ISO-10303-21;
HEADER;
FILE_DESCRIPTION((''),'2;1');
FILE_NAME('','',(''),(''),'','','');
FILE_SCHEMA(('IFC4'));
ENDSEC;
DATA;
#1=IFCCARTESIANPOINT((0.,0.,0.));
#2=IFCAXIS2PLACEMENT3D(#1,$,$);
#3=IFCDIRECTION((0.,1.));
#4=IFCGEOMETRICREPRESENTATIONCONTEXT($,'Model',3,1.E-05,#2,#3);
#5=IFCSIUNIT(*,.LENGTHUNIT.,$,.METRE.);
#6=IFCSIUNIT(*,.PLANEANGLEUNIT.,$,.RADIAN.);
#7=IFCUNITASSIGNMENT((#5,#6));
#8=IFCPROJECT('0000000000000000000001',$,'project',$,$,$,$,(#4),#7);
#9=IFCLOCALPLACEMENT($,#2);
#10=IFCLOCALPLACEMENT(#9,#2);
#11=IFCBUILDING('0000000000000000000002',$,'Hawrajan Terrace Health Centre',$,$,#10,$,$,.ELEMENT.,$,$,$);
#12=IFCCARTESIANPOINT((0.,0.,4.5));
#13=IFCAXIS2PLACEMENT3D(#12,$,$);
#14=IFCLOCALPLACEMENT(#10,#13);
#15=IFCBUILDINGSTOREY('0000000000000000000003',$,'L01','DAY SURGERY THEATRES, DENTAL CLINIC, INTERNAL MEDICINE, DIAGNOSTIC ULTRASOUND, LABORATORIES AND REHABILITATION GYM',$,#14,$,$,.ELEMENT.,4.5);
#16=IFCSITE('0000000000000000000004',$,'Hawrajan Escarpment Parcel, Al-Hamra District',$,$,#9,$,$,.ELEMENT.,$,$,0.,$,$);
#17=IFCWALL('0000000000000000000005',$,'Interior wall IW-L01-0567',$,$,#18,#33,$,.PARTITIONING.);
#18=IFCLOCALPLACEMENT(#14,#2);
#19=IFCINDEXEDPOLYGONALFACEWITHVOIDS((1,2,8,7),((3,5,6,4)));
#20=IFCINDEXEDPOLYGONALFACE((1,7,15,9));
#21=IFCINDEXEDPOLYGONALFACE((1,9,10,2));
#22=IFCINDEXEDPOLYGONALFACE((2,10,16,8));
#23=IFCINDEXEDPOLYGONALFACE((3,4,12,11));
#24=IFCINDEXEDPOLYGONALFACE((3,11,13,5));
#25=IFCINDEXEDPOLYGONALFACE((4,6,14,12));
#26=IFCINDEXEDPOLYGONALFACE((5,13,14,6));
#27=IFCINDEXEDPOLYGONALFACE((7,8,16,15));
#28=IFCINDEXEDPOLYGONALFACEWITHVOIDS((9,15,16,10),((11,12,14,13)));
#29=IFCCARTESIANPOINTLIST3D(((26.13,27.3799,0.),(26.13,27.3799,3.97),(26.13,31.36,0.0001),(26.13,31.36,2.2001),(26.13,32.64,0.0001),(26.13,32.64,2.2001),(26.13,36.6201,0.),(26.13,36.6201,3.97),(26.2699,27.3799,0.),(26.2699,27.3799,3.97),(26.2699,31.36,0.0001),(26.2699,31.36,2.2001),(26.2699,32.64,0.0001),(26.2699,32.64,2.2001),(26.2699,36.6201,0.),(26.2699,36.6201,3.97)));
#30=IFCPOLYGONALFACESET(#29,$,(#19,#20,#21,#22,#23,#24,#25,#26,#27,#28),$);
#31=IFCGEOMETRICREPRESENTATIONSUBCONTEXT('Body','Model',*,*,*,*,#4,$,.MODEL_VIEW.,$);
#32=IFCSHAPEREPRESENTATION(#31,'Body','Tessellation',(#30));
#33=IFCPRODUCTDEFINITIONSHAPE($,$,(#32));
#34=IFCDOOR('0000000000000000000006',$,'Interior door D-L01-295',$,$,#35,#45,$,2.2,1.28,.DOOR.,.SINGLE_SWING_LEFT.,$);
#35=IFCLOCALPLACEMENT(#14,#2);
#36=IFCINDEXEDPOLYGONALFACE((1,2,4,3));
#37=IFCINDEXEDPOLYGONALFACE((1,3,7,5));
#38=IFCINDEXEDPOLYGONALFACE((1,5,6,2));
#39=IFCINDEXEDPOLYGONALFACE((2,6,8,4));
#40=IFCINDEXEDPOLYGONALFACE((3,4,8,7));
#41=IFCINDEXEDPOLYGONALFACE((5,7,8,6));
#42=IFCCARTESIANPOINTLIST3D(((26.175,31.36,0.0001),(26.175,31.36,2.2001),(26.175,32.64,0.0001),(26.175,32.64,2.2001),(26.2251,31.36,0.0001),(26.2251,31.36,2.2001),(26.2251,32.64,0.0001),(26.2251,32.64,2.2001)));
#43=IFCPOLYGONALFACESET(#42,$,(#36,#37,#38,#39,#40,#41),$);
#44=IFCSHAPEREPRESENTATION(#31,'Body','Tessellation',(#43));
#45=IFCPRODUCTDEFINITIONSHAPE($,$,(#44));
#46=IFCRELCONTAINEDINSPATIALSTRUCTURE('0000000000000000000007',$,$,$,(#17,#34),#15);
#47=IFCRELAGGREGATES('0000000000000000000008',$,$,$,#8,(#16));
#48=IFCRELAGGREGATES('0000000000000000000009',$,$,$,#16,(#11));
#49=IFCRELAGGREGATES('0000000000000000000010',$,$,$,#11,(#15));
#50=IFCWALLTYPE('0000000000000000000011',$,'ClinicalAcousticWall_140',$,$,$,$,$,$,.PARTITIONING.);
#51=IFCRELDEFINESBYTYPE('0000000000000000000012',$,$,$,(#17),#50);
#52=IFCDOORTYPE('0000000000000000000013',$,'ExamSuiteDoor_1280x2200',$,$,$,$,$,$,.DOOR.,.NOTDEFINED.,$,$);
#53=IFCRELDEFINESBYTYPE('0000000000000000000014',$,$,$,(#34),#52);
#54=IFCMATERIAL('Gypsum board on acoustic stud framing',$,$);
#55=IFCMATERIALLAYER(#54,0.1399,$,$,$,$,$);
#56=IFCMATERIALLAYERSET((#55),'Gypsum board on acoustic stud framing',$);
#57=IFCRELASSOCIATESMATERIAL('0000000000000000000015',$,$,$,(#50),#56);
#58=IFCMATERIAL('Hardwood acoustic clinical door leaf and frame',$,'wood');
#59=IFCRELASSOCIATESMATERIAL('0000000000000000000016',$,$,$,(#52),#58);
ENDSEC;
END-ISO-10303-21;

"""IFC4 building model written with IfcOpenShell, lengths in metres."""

from ifc_helpers import new_model, si_unit, direction, frame, frame_2d, origin, place, context, subcontext, project, spatial, rectangle, extrude, material, layer, layer_set, type_object, element, fill, save


model = new_model("IFC4")

# Units and contexts
model_context = context("Model", 3, precision=1e-05, world=origin(), true_north=direction((0.0, 1.0)))
body_context = subcontext(model_context, "Body", "Model", "MODEL_VIEW")
ifc_project = project(units=[si_unit("LENGTHUNIT", "METRE"), si_unit("PLANEANGLEUNIT", "RADIAN")], contexts=[model_context])

# Site, building, storey
site_placement = place(None, origin())
site = spatial("IfcSite", under=ifc_project, at=site_placement, Name="Hawrajan Escarpment Parcel, Al-Hamra District", CompositionType="ELEMENT", RefElevation=0.0)
building_placement = place(site_placement, origin())
building = spatial("IfcBuilding", under=site, at=building_placement, Name="Hawrajan Terrace Health Centre", CompositionType="ELEMENT")
storey_placement = place(building_placement, frame((0.0, 0.0, 4.5)))
storey = spatial("IfcBuildingStorey", under=building, at=storey_placement, Name="L01", Description="DAY SURGERY THEATRES, DENTAL CLINIC, INTERNAL MEDICINE, DIAGNOSTIC ULTRASOUND, LABORATORIES AND REHABILITATION GYM", CompositionType="ELEMENT", Elevation=4.5)

# Shared definitions
ifc_material_1 = material(Name="Gypsum board on acoustic stud framing")
ifc_layer_1 = layer(ifc_material_1, 0.1399)
ifc_layer_set_1 = layer_set([ifc_layer_1], Name="Gypsum board on acoustic stud framing")
wall_type = type_object("IfcWallType", Name="ClinicalAcousticWall_140", PredefinedType="PARTITIONING", material=ifc_layer_set_1)

# Shared definitions
ifc_material_2 = material(Name="Hardwood acoustic clinical door leaf and frame", Category="wood")
door_type_1 = type_object("IfcDoorType", Name="ExamSuiteDoor_1280x2200", OperationType="NOTDEFINED", PredefinedType="DOOR", material=ifc_material_2)

# Wall, opening, door
wall_1_placement = place(storey_placement, frame((26.2, 27.3799, 0.0), z_axis=(0.0, 0.0, 1.0), x_axis=(0.0, 1.0, 0.0)))
wall_1 = element("IfcWall", 1, at=wall_1_placement, inside=storey, type_object=wall_type, Name="Interior wall IW-L01-0567", PredefinedType="PARTITIONING", context=body_context, shape_type="SweptSolid", body=[
    extrude(rectangle(XDim=9.2402, YDim=0.1399, at=frame_2d((4.6201, 0.0))), origin(), (0.0, 0.0, 1.0), 3.97),
])
opening_1_placement = place(wall_1_placement, frame((3.98, 0.0, 0.0)))
opening_1 = element("IfcOpeningElement", 2, at=opening_1_placement, cuts=wall_1, PredefinedType="OPENING", context=body_context, shape_type="SweptSolid", body=[
    extrude(rectangle(XDim=1.28, YDim=2.2, at=frame_2d((0.6401, 1.1001))), frame((0.0, 0.0798, 0.0), z_axis=(0.0, -1.0, 0.0), x_axis=(1.0, 0.0, 0.0)), (0.0, 0.0, 1.0), 0.1599),
])
door_1_placement = place(opening_1_placement, origin())
door_1 = element("IfcDoor", 3, at=door_1_placement, inside=storey, type_object=door_type_1, Name="Interior door D-L01-295", OperationType="SINGLE_SWING_LEFT", OverallHeight=2.2, OverallWidth=1.28, PredefinedType="DOOR", context=body_context, shape_type="SweptSolid", body=[
    extrude(rectangle(XDim=1.28, YDim=2.2, at=frame_2d((0.6401, 1.1001))), frame((0.0, 0.0249, 0.0), z_axis=(0.0, -1.0, 0.0), x_axis=(1.0, 0.0, 0.0)), (0.0, 0.0, 1.0), 0.05),
])
fill(opening_1, door_1)

save(model, "model.ifc")
